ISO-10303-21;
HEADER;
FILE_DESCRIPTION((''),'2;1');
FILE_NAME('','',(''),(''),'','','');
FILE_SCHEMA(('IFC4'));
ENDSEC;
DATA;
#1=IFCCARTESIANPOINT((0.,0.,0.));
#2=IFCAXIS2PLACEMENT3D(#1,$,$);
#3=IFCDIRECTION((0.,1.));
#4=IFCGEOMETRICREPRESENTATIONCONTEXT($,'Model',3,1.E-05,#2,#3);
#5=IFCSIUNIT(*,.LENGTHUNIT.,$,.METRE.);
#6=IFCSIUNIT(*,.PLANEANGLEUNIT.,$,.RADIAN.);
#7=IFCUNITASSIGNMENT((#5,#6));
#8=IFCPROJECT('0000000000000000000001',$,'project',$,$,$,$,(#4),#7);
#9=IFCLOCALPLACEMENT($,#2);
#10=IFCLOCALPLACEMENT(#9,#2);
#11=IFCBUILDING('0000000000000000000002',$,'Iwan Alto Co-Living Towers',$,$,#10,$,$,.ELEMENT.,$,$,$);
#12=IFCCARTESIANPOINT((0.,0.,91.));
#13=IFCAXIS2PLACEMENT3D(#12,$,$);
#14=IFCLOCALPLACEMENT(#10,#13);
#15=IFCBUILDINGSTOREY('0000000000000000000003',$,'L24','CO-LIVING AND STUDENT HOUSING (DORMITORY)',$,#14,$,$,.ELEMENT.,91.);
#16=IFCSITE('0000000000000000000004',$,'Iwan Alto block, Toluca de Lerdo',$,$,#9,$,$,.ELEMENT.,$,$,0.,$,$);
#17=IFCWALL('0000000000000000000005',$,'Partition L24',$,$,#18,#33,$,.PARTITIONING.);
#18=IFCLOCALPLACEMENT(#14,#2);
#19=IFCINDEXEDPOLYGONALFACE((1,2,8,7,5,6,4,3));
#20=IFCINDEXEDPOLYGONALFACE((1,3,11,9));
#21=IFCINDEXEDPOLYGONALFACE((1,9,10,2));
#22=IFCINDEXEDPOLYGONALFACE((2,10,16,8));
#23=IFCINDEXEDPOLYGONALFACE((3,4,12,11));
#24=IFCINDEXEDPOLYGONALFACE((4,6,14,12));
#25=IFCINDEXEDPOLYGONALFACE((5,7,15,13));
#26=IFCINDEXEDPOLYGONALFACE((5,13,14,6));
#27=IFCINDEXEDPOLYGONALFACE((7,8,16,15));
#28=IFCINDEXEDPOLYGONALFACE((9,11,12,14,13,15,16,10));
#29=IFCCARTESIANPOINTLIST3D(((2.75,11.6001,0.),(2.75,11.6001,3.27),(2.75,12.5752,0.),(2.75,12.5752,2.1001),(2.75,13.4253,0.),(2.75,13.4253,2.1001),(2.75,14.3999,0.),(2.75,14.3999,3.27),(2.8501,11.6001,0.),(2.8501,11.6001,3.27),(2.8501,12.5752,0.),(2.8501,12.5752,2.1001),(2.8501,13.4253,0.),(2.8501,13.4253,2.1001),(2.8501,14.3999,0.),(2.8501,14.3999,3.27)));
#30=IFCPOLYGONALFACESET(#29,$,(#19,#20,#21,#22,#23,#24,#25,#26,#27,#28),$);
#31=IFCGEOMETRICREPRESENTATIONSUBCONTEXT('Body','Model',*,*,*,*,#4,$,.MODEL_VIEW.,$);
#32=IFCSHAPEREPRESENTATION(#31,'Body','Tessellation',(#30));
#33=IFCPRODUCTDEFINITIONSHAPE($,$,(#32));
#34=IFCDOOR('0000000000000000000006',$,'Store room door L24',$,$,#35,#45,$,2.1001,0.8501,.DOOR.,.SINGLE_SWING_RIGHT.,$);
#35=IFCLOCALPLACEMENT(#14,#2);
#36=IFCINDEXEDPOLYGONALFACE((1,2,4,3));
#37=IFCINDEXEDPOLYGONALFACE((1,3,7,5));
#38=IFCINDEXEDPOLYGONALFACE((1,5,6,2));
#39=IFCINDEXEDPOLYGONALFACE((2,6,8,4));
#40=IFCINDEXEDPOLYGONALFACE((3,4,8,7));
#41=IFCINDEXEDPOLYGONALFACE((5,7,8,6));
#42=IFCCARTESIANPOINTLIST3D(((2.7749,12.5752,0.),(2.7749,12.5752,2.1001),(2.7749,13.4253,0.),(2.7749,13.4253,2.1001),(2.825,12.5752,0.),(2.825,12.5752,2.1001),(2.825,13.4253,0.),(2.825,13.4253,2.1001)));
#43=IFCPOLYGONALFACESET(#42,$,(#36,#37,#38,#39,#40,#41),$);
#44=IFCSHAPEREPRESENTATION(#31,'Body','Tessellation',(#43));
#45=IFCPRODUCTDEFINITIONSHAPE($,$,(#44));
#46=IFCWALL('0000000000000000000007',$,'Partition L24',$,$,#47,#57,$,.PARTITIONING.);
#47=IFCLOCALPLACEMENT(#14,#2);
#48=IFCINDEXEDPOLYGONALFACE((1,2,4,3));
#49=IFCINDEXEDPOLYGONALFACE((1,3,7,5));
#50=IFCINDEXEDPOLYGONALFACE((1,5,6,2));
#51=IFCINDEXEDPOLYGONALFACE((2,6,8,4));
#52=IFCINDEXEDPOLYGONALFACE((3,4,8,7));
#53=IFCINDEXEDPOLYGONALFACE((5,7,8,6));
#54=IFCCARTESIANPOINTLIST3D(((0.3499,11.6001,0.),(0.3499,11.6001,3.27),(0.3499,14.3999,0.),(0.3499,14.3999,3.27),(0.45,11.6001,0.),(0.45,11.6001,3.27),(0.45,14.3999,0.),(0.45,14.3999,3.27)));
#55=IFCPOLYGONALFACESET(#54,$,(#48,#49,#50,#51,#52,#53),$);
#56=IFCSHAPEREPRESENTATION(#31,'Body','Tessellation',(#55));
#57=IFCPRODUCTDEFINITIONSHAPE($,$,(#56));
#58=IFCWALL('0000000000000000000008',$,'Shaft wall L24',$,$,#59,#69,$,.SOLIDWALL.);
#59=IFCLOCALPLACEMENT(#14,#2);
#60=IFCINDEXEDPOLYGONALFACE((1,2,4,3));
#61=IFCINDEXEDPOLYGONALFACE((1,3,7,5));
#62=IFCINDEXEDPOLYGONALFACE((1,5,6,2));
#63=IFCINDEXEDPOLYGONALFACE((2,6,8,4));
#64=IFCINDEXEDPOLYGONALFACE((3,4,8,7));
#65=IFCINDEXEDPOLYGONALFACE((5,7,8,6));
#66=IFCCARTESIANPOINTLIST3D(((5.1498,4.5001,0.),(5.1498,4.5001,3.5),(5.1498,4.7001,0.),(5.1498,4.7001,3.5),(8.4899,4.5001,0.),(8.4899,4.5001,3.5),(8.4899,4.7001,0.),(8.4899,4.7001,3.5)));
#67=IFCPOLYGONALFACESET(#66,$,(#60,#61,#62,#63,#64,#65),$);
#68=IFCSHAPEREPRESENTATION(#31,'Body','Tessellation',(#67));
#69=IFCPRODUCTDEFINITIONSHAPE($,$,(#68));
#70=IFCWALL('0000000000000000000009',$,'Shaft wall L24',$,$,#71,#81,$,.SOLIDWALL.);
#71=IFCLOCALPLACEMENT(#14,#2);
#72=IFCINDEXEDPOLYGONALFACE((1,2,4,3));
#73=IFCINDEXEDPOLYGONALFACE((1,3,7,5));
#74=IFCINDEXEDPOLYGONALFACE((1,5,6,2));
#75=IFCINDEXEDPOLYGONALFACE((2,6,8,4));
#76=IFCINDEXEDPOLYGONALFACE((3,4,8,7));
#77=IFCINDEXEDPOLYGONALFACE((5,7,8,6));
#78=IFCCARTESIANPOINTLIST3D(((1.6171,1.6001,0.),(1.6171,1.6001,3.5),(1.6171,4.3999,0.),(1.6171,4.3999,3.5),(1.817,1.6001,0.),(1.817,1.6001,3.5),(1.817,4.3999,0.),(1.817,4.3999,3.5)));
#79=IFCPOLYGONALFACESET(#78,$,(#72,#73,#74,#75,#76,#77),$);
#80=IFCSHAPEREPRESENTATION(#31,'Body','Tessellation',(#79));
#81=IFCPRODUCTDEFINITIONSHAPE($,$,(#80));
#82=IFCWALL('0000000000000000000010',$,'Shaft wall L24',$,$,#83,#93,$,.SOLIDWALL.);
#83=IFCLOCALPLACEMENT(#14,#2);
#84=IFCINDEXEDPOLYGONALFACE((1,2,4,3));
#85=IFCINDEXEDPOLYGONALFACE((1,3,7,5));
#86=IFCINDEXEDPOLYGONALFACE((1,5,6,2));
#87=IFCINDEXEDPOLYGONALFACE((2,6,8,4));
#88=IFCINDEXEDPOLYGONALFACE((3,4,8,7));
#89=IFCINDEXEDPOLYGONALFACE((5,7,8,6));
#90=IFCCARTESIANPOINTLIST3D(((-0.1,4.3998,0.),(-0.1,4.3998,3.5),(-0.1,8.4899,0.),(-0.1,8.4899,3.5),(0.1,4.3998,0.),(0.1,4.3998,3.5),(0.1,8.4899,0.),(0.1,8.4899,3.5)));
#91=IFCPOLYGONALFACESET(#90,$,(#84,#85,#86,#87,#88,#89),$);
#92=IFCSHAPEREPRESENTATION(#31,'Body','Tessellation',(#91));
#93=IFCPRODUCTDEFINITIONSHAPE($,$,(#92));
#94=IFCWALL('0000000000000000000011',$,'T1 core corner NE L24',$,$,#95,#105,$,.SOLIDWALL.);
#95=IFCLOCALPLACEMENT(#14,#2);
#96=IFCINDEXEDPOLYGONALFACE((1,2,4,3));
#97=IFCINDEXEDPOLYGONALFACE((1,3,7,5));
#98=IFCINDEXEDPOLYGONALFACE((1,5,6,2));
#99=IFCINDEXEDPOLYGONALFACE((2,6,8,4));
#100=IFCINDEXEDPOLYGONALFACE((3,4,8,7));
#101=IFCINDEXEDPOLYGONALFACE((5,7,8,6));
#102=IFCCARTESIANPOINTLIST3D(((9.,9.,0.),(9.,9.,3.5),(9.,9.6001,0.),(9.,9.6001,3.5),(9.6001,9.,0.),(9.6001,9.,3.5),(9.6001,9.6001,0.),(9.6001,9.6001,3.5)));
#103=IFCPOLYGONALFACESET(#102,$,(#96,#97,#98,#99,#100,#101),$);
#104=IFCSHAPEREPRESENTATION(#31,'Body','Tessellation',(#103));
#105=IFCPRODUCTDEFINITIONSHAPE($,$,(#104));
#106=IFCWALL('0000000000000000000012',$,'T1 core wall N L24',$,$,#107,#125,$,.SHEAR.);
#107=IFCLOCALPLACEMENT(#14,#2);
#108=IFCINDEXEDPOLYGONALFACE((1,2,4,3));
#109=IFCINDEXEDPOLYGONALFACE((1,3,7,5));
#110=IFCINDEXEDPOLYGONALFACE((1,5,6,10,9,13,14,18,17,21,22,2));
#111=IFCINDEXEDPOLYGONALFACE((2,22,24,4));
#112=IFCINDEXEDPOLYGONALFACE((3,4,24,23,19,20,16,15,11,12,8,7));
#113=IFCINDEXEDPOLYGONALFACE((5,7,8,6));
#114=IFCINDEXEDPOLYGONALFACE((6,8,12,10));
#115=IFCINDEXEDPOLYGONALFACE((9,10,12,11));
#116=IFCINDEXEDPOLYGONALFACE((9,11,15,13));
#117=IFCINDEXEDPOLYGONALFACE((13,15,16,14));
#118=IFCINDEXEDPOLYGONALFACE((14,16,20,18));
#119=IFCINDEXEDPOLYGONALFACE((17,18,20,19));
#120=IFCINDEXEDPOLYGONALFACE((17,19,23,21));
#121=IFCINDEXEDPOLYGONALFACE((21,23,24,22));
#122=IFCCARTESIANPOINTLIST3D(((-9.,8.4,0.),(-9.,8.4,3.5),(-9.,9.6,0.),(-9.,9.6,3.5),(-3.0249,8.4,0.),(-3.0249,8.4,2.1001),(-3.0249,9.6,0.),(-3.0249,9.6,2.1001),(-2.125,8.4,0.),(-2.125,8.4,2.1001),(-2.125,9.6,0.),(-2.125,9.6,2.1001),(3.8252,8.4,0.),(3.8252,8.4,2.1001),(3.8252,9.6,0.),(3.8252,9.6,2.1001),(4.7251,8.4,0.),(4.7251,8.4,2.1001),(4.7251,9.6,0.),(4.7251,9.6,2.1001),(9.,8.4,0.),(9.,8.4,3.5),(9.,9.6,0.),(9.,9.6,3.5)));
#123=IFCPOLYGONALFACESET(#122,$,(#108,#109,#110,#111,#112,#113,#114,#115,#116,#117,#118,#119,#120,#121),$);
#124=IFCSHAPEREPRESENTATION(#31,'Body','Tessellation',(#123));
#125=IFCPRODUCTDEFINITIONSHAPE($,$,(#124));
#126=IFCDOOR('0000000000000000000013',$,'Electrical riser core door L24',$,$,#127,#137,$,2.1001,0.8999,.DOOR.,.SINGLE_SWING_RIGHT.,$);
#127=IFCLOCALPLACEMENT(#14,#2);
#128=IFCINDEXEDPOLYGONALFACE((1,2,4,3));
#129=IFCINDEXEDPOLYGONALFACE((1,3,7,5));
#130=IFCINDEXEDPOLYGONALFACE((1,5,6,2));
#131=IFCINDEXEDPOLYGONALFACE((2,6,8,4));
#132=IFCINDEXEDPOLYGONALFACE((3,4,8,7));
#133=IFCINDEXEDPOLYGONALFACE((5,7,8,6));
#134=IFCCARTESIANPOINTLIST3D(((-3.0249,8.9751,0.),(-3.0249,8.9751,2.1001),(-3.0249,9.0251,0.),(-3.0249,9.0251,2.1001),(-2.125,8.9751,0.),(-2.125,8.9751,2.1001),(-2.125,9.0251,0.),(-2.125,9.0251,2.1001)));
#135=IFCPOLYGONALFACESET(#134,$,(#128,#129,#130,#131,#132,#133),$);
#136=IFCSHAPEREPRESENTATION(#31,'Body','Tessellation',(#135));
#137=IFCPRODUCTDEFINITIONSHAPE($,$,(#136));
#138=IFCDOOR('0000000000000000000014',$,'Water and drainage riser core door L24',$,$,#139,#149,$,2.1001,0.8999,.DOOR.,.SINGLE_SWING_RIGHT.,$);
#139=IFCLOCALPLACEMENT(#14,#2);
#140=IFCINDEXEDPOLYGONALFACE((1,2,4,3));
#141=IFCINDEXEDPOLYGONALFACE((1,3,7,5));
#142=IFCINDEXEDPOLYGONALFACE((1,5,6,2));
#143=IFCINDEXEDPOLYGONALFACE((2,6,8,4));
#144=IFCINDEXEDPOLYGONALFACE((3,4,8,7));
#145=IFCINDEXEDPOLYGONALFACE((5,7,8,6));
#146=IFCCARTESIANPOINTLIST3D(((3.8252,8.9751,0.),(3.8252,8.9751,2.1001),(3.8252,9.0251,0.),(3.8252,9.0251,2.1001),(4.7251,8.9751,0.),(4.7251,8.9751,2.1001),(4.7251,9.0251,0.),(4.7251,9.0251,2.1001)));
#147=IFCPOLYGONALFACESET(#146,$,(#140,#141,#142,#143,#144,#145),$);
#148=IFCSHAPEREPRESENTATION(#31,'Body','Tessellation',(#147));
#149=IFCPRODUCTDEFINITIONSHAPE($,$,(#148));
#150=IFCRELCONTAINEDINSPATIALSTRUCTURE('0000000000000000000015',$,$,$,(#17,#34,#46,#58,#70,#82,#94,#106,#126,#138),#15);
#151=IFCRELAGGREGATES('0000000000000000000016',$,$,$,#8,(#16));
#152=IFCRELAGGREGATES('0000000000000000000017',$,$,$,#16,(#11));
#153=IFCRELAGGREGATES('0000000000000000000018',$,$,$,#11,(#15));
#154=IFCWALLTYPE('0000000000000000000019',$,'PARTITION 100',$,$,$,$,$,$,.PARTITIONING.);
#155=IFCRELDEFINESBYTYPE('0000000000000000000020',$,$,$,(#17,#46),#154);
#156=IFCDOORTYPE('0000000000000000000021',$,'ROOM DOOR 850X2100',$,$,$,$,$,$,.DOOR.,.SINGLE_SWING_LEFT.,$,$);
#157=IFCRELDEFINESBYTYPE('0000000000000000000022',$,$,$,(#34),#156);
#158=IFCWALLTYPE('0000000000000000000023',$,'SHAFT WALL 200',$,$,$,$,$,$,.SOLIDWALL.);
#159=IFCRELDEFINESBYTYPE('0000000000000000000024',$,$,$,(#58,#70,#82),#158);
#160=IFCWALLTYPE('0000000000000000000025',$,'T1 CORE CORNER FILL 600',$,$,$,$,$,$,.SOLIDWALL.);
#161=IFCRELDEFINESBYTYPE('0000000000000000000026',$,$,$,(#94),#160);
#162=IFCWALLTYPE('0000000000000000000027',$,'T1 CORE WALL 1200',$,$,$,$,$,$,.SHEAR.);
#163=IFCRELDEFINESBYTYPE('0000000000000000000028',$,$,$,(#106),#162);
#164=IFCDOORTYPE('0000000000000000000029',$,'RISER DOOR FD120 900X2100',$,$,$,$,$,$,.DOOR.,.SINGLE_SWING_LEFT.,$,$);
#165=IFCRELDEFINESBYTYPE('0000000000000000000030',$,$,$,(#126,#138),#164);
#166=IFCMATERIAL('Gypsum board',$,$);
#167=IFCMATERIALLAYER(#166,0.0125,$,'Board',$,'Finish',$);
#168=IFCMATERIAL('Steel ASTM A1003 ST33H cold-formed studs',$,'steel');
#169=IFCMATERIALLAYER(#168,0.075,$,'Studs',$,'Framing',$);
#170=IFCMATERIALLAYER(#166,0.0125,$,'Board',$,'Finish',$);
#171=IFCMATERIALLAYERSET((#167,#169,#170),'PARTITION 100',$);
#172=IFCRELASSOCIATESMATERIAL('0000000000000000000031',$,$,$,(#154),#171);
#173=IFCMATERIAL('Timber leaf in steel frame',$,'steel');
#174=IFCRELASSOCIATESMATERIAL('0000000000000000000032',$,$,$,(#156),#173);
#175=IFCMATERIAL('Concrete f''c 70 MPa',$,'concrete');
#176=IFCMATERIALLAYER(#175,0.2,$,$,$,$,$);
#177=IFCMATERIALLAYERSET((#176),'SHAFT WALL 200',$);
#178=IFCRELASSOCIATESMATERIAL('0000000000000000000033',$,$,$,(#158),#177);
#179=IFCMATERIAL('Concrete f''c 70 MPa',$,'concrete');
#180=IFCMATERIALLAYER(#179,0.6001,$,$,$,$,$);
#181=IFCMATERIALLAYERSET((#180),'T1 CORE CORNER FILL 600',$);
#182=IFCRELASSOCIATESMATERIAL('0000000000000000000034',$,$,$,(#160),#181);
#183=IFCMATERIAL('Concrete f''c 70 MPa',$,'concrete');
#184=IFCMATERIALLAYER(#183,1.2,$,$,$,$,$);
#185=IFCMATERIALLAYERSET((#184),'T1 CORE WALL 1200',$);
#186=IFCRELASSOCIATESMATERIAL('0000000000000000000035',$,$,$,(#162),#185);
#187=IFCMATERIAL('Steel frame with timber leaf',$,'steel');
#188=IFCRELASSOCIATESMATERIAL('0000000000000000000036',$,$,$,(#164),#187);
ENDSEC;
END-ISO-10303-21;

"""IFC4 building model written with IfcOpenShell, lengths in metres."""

from ifc_helpers import new_model, si_unit, direction, frame, frame_2d, origin, place, context, subcontext, project, spatial, rectangle, extrude, material, layer, layer_set, type_object, element, fill, save


model = new_model("IFC4")

# Units and contexts
model_context = context("Model", 3, precision=1e-05, world=origin(), true_north=direction((0.0, 1.0)))
body_context = subcontext(model_context, "Body", "Model", "MODEL_VIEW")
ifc_project = project(units=[si_unit("LENGTHUNIT", "METRE"), si_unit("PLANEANGLEUNIT", "RADIAN")], contexts=[model_context])

# Site, building, storey
site_placement = place(None, origin())
site = spatial("IfcSite", under=ifc_project, at=site_placement, Name="Iwan Alto block, Toluca de Lerdo", CompositionType="ELEMENT", RefElevation=0.0)
building_placement = place(site_placement, origin())
building = spatial("IfcBuilding", under=site, at=building_placement, Name="Iwan Alto Co-Living Towers", CompositionType="ELEMENT")
storey_placement = place(building_placement, frame((0.0, 0.0, 91.0)))
storey = spatial("IfcBuildingStorey", under=building, at=storey_placement, Name="L24", Description="CO-LIVING AND STUDENT HOUSING (DORMITORY)", CompositionType="ELEMENT", Elevation=91.0)

# Shared definitions
ifc_material_1 = material(Name="Gypsum board")
ifc_material_2 = material(Name="Steel ASTM A1003 ST33H cold-formed studs", Category="steel")
ifc_layer_1 = layer(ifc_material_1, 0.0125, Name="Board", Category="Finish")
ifc_layer_2 = layer(ifc_material_2, 0.075, Name="Studs", Category="Framing")
ifc_layer_3 = layer(ifc_material_1, 0.0125, Name="Board", Category="Finish")
ifc_layer_set_1 = layer_set([ifc_layer_1, ifc_layer_2, ifc_layer_3], Name="PARTITION 100")
wall_type_1 = type_object("IfcWallType", Name="PARTITION 100", PredefinedType="PARTITIONING", material=ifc_layer_set_1)

# Wall, opening, door
wall_1_placement = place(storey_placement, frame((2.8, 11.6001, 0.0), z_axis=(0.0, 0.0, 1.0), x_axis=(0.0, 1.0, 0.0)))
wall_1 = element("IfcWall", 1, at=wall_1_placement, inside=storey, type_object=wall_type_1, Name="Partition L24", PredefinedType="PARTITIONING", context=body_context, shape_type="SweptSolid", body=[
    extrude(rectangle(XDim=2.7998, YDim=0.1001, at=frame_2d((1.3999, 0.0))), origin(), (0.0, 0.0, 1.0), 3.27),
])
opening_1_placement = place(wall_1_placement, frame((0.9751, 0.0, 0.0)))
opening_1 = element("IfcOpeningElement", 2, at=opening_1_placement, cuts=wall_1, PredefinedType="OPENING", context=body_context, shape_type="SweptSolid", body=[
    extrude(rectangle(XDim=0.8501, YDim=2.1001, at=frame_2d((0.425, 1.05))), frame((0.0, 0.0601, 0.0), z_axis=(0.0, -1.0, 0.0), x_axis=(1.0, 0.0, 0.0)), (0.0, 0.0, 1.0), 0.1201),
])
ifc_material_3 = material(Name="Timber leaf in steel frame", Category="steel")
door_type_1 = type_object("IfcDoorType", Name="ROOM DOOR 850X2100", OperationType="SINGLE_SWING_LEFT", PredefinedType="DOOR", material=ifc_material_3)
door_1_placement = place(opening_1_placement, frame((0.8501, 0.0, 0.0), z_axis=(0.0, 0.0, 1.0), x_axis=(-1.0, 0.0, 0.0)))
door_1 = element("IfcDoor", 3, at=door_1_placement, inside=storey, type_object=door_type_1, Name="Store room door L24", OperationType="SINGLE_SWING_RIGHT", OverallHeight=2.1001, OverallWidth=0.8501, PredefinedType="DOOR", context=body_context, shape_type="SweptSolid", body=[
    extrude(rectangle(XDim=0.8501, YDim=2.1001, at=frame_2d((0.425, 1.05))), frame((0.0, 0.0249, 0.0), z_axis=(0.0, -1.0, 0.0), x_axis=(1.0, 0.0, 0.0)), (0.0, 0.0, 1.0), 0.05),
])
fill(opening_1, door_1)

# Walls
wall_2_placement = place(storey_placement, frame((0.3999, 11.6001, 0.0), z_axis=(0.0, 0.0, 1.0), x_axis=(0.0, 1.0, 0.0)))
element("IfcWall", 4, at=wall_2_placement, inside=storey, type_object=wall_type_1, Name="Partition L24", PredefinedType="PARTITIONING", context=body_context, shape_type="SweptSolid", body=[
    extrude(rectangle(XDim=2.7998, YDim=0.1001, at=frame_2d((1.3999, 0.0))), origin(), (0.0, 0.0, 1.0), 3.27),
])
ifc_material_4 = material(Name="Concrete f'c 70 MPa", Category="concrete")
ifc_layer_4 = layer(ifc_material_4, 0.2)
ifc_layer_set_2 = layer_set([ifc_layer_4], Name="SHAFT WALL 200")
wall_type_2 = type_object("IfcWallType", Name="SHAFT WALL 200", PredefinedType="SOLIDWALL", material=ifc_layer_set_2)
wall_3_placement = place(storey_placement, frame((5.1499, 4.6001, 0.0), z_axis=(0.0, 0.0, 1.0), x_axis=(1.0, 0.0, 0.0)))
element("IfcWall", 5, at=wall_3_placement, inside=storey, type_object=wall_type_2, Name="Shaft wall L24", PredefinedType="SOLIDWALL", context=body_context, shape_type="SweptSolid", body=[
    extrude(rectangle(XDim=3.3401, YDim=0.2, at=frame_2d((1.6699, 0.0))), origin(), (0.0, 0.0, 1.0), 3.5),
])
wall_4_placement = place(storey_placement, frame((1.717, 1.6001, 0.0), z_axis=(0.0, 0.0, 1.0), x_axis=(0.0, 1.0, 0.0)))
element("IfcWall", 6, at=wall_4_placement, inside=storey, type_object=wall_type_2, Name="Shaft wall L24", PredefinedType="SOLIDWALL", context=body_context, shape_type="SweptSolid", body=[
    extrude(rectangle(XDim=2.7998, YDim=0.2, at=frame_2d((1.3999, 0.0))), origin(), (0.0, 0.0, 1.0), 3.5),
])
wall_5_placement = place(storey_placement, frame((0.0, 4.3999, 0.0), z_axis=(0.0, 0.0, 1.0), x_axis=(0.0, 1.0, 0.0)))
element("IfcWall", 7, at=wall_5_placement, inside=storey, type_object=wall_type_2, Name="Shaft wall L24", PredefinedType="SOLIDWALL", context=body_context, shape_type="SweptSolid", body=[
    extrude(rectangle(XDim=4.0901, YDim=0.2, at=frame_2d((2.0449, 0.0))), origin(), (0.0, 0.0, 1.0), 3.5),
])
ifc_material_5 = material(Name="Concrete f'c 70 MPa", Category="concrete")
ifc_layer_5 = layer(ifc_material_5, 0.6001)
ifc_layer_set_3 = layer_set([ifc_layer_5], Name="T1 CORE CORNER FILL 600")
wall_type_3 = type_object("IfcWallType", Name="T1 CORE CORNER FILL 600", PredefinedType="SOLIDWALL", material=ifc_layer_set_3)
wall_6_placement = place(storey_placement, frame((9.0, 9.3, 0.0), z_axis=(0.0, 0.0, 1.0), x_axis=(1.0, 0.0, 0.0)))
element("IfcWall", 8, at=wall_6_placement, inside=storey, type_object=wall_type_3, Name="T1 core corner NE L24", PredefinedType="SOLIDWALL", context=body_context, shape_type="SweptSolid", body=[
    extrude(rectangle(XDim=0.6001, YDim=0.6001, at=frame_2d((0.3, 0.0))), origin(), (0.0, 0.0, 1.0), 3.5),
])

# Wall, openings, doors
ifc_material_6 = material(Name="Concrete f'c 70 MPa", Category="concrete")
ifc_layer_6 = layer(ifc_material_6, 1.2)
ifc_layer_set_4 = layer_set([ifc_layer_6], Name="T1 CORE WALL 1200")
wall_type_4 = type_object("IfcWallType", Name="T1 CORE WALL 1200", PredefinedType="SHEAR", material=ifc_layer_set_4)
wall_7_placement = place(storey_placement, frame((9.0, 9.0, 0.0), z_axis=(0.0, 0.0, 1.0), x_axis=(-1.0, 0.0, 0.0)))
wall_7 = element("IfcWall", 9, at=wall_7_placement, inside=storey, type_object=wall_type_4, Name="T1 core wall N L24", PredefinedType="SHEAR", context=body_context, shape_type="SweptSolid", body=[
    extrude(rectangle(XDim=18.0, YDim=1.2, at=frame_2d((9.0, 0.0))), origin(), (0.0, 0.0, 1.0), 3.5),
])
opening_2_placement = place(wall_7_placement, frame((11.125, 0.0, 0.0)))
opening_2 = element("IfcOpeningElement", 10, at=opening_2_placement, cuts=wall_7, PredefinedType="OPENING", context=body_context, shape_type="SweptSolid", body=[
    extrude(rectangle(XDim=0.8999, YDim=2.1001, at=frame_2d((0.45, 1.05))), frame((0.0, 0.6099, 0.0), z_axis=(0.0, -1.0, 0.0), x_axis=(1.0, 0.0, 0.0)), (0.0, 0.0, 1.0), 1.22),
])
opening_3_placement = place(wall_7_placement, frame((4.2749, 0.0, 0.0)))
opening_3 = element("IfcOpeningElement", 11, at=opening_3_placement, cuts=wall_7, PredefinedType="OPENING", context=body_context, shape_type="SweptSolid", body=[
    extrude(rectangle(XDim=0.8999, YDim=2.1001, at=frame_2d((0.45, 1.05))), frame((0.0, 0.6099, 0.0), z_axis=(0.0, -1.0, 0.0), x_axis=(1.0, 0.0, 0.0)), (0.0, 0.0, 1.0), 1.22),
])
ifc_material_7 = material(Name="Steel frame with timber leaf", Category="steel")
door_type_2 = type_object("IfcDoorType", Name="RISER DOOR FD120 900X2100", OperationType="SINGLE_SWING_LEFT", PredefinedType="DOOR", material=ifc_material_7)
door_2_placement = place(opening_2_placement, origin())
door_2 = element("IfcDoor", 12, at=door_2_placement, inside=storey, type_object=door_type_2, Name="Electrical riser core door L24", OperationType="SINGLE_SWING_RIGHT", OverallHeight=2.1001, OverallWidth=0.8999, PredefinedType="DOOR", context=body_context, shape_type="SweptSolid", body=[
    extrude(rectangle(XDim=0.8999, YDim=2.1001, at=frame_2d((0.45, 1.05))), frame((0.0, 0.0249, 0.0), z_axis=(0.0, -1.0, 0.0), x_axis=(1.0, 0.0, 0.0)), (0.0, 0.0, 1.0), 0.05),
])
fill(opening_2, door_2)
door_3_placement = place(opening_3_placement, origin())
door_3 = element("IfcDoor", 13, at=door_3_placement, inside=storey, type_object=door_type_2, Name="Water and drainage riser core door L24", OperationType="SINGLE_SWING_RIGHT", OverallHeight=2.1001, OverallWidth=0.8999, PredefinedType="DOOR", context=body_context, shape_type="SweptSolid", body=[
    extrude(rectangle(XDim=0.8999, YDim=2.1001, at=frame_2d((0.45, 1.05))), frame((0.0, 0.0249, 0.0), z_axis=(0.0, -1.0, 0.0), x_axis=(1.0, 0.0, 0.0)), (0.0, 0.0, 1.0), 0.05),
])
fill(opening_3, door_3)

save(model, "model.ifc")
